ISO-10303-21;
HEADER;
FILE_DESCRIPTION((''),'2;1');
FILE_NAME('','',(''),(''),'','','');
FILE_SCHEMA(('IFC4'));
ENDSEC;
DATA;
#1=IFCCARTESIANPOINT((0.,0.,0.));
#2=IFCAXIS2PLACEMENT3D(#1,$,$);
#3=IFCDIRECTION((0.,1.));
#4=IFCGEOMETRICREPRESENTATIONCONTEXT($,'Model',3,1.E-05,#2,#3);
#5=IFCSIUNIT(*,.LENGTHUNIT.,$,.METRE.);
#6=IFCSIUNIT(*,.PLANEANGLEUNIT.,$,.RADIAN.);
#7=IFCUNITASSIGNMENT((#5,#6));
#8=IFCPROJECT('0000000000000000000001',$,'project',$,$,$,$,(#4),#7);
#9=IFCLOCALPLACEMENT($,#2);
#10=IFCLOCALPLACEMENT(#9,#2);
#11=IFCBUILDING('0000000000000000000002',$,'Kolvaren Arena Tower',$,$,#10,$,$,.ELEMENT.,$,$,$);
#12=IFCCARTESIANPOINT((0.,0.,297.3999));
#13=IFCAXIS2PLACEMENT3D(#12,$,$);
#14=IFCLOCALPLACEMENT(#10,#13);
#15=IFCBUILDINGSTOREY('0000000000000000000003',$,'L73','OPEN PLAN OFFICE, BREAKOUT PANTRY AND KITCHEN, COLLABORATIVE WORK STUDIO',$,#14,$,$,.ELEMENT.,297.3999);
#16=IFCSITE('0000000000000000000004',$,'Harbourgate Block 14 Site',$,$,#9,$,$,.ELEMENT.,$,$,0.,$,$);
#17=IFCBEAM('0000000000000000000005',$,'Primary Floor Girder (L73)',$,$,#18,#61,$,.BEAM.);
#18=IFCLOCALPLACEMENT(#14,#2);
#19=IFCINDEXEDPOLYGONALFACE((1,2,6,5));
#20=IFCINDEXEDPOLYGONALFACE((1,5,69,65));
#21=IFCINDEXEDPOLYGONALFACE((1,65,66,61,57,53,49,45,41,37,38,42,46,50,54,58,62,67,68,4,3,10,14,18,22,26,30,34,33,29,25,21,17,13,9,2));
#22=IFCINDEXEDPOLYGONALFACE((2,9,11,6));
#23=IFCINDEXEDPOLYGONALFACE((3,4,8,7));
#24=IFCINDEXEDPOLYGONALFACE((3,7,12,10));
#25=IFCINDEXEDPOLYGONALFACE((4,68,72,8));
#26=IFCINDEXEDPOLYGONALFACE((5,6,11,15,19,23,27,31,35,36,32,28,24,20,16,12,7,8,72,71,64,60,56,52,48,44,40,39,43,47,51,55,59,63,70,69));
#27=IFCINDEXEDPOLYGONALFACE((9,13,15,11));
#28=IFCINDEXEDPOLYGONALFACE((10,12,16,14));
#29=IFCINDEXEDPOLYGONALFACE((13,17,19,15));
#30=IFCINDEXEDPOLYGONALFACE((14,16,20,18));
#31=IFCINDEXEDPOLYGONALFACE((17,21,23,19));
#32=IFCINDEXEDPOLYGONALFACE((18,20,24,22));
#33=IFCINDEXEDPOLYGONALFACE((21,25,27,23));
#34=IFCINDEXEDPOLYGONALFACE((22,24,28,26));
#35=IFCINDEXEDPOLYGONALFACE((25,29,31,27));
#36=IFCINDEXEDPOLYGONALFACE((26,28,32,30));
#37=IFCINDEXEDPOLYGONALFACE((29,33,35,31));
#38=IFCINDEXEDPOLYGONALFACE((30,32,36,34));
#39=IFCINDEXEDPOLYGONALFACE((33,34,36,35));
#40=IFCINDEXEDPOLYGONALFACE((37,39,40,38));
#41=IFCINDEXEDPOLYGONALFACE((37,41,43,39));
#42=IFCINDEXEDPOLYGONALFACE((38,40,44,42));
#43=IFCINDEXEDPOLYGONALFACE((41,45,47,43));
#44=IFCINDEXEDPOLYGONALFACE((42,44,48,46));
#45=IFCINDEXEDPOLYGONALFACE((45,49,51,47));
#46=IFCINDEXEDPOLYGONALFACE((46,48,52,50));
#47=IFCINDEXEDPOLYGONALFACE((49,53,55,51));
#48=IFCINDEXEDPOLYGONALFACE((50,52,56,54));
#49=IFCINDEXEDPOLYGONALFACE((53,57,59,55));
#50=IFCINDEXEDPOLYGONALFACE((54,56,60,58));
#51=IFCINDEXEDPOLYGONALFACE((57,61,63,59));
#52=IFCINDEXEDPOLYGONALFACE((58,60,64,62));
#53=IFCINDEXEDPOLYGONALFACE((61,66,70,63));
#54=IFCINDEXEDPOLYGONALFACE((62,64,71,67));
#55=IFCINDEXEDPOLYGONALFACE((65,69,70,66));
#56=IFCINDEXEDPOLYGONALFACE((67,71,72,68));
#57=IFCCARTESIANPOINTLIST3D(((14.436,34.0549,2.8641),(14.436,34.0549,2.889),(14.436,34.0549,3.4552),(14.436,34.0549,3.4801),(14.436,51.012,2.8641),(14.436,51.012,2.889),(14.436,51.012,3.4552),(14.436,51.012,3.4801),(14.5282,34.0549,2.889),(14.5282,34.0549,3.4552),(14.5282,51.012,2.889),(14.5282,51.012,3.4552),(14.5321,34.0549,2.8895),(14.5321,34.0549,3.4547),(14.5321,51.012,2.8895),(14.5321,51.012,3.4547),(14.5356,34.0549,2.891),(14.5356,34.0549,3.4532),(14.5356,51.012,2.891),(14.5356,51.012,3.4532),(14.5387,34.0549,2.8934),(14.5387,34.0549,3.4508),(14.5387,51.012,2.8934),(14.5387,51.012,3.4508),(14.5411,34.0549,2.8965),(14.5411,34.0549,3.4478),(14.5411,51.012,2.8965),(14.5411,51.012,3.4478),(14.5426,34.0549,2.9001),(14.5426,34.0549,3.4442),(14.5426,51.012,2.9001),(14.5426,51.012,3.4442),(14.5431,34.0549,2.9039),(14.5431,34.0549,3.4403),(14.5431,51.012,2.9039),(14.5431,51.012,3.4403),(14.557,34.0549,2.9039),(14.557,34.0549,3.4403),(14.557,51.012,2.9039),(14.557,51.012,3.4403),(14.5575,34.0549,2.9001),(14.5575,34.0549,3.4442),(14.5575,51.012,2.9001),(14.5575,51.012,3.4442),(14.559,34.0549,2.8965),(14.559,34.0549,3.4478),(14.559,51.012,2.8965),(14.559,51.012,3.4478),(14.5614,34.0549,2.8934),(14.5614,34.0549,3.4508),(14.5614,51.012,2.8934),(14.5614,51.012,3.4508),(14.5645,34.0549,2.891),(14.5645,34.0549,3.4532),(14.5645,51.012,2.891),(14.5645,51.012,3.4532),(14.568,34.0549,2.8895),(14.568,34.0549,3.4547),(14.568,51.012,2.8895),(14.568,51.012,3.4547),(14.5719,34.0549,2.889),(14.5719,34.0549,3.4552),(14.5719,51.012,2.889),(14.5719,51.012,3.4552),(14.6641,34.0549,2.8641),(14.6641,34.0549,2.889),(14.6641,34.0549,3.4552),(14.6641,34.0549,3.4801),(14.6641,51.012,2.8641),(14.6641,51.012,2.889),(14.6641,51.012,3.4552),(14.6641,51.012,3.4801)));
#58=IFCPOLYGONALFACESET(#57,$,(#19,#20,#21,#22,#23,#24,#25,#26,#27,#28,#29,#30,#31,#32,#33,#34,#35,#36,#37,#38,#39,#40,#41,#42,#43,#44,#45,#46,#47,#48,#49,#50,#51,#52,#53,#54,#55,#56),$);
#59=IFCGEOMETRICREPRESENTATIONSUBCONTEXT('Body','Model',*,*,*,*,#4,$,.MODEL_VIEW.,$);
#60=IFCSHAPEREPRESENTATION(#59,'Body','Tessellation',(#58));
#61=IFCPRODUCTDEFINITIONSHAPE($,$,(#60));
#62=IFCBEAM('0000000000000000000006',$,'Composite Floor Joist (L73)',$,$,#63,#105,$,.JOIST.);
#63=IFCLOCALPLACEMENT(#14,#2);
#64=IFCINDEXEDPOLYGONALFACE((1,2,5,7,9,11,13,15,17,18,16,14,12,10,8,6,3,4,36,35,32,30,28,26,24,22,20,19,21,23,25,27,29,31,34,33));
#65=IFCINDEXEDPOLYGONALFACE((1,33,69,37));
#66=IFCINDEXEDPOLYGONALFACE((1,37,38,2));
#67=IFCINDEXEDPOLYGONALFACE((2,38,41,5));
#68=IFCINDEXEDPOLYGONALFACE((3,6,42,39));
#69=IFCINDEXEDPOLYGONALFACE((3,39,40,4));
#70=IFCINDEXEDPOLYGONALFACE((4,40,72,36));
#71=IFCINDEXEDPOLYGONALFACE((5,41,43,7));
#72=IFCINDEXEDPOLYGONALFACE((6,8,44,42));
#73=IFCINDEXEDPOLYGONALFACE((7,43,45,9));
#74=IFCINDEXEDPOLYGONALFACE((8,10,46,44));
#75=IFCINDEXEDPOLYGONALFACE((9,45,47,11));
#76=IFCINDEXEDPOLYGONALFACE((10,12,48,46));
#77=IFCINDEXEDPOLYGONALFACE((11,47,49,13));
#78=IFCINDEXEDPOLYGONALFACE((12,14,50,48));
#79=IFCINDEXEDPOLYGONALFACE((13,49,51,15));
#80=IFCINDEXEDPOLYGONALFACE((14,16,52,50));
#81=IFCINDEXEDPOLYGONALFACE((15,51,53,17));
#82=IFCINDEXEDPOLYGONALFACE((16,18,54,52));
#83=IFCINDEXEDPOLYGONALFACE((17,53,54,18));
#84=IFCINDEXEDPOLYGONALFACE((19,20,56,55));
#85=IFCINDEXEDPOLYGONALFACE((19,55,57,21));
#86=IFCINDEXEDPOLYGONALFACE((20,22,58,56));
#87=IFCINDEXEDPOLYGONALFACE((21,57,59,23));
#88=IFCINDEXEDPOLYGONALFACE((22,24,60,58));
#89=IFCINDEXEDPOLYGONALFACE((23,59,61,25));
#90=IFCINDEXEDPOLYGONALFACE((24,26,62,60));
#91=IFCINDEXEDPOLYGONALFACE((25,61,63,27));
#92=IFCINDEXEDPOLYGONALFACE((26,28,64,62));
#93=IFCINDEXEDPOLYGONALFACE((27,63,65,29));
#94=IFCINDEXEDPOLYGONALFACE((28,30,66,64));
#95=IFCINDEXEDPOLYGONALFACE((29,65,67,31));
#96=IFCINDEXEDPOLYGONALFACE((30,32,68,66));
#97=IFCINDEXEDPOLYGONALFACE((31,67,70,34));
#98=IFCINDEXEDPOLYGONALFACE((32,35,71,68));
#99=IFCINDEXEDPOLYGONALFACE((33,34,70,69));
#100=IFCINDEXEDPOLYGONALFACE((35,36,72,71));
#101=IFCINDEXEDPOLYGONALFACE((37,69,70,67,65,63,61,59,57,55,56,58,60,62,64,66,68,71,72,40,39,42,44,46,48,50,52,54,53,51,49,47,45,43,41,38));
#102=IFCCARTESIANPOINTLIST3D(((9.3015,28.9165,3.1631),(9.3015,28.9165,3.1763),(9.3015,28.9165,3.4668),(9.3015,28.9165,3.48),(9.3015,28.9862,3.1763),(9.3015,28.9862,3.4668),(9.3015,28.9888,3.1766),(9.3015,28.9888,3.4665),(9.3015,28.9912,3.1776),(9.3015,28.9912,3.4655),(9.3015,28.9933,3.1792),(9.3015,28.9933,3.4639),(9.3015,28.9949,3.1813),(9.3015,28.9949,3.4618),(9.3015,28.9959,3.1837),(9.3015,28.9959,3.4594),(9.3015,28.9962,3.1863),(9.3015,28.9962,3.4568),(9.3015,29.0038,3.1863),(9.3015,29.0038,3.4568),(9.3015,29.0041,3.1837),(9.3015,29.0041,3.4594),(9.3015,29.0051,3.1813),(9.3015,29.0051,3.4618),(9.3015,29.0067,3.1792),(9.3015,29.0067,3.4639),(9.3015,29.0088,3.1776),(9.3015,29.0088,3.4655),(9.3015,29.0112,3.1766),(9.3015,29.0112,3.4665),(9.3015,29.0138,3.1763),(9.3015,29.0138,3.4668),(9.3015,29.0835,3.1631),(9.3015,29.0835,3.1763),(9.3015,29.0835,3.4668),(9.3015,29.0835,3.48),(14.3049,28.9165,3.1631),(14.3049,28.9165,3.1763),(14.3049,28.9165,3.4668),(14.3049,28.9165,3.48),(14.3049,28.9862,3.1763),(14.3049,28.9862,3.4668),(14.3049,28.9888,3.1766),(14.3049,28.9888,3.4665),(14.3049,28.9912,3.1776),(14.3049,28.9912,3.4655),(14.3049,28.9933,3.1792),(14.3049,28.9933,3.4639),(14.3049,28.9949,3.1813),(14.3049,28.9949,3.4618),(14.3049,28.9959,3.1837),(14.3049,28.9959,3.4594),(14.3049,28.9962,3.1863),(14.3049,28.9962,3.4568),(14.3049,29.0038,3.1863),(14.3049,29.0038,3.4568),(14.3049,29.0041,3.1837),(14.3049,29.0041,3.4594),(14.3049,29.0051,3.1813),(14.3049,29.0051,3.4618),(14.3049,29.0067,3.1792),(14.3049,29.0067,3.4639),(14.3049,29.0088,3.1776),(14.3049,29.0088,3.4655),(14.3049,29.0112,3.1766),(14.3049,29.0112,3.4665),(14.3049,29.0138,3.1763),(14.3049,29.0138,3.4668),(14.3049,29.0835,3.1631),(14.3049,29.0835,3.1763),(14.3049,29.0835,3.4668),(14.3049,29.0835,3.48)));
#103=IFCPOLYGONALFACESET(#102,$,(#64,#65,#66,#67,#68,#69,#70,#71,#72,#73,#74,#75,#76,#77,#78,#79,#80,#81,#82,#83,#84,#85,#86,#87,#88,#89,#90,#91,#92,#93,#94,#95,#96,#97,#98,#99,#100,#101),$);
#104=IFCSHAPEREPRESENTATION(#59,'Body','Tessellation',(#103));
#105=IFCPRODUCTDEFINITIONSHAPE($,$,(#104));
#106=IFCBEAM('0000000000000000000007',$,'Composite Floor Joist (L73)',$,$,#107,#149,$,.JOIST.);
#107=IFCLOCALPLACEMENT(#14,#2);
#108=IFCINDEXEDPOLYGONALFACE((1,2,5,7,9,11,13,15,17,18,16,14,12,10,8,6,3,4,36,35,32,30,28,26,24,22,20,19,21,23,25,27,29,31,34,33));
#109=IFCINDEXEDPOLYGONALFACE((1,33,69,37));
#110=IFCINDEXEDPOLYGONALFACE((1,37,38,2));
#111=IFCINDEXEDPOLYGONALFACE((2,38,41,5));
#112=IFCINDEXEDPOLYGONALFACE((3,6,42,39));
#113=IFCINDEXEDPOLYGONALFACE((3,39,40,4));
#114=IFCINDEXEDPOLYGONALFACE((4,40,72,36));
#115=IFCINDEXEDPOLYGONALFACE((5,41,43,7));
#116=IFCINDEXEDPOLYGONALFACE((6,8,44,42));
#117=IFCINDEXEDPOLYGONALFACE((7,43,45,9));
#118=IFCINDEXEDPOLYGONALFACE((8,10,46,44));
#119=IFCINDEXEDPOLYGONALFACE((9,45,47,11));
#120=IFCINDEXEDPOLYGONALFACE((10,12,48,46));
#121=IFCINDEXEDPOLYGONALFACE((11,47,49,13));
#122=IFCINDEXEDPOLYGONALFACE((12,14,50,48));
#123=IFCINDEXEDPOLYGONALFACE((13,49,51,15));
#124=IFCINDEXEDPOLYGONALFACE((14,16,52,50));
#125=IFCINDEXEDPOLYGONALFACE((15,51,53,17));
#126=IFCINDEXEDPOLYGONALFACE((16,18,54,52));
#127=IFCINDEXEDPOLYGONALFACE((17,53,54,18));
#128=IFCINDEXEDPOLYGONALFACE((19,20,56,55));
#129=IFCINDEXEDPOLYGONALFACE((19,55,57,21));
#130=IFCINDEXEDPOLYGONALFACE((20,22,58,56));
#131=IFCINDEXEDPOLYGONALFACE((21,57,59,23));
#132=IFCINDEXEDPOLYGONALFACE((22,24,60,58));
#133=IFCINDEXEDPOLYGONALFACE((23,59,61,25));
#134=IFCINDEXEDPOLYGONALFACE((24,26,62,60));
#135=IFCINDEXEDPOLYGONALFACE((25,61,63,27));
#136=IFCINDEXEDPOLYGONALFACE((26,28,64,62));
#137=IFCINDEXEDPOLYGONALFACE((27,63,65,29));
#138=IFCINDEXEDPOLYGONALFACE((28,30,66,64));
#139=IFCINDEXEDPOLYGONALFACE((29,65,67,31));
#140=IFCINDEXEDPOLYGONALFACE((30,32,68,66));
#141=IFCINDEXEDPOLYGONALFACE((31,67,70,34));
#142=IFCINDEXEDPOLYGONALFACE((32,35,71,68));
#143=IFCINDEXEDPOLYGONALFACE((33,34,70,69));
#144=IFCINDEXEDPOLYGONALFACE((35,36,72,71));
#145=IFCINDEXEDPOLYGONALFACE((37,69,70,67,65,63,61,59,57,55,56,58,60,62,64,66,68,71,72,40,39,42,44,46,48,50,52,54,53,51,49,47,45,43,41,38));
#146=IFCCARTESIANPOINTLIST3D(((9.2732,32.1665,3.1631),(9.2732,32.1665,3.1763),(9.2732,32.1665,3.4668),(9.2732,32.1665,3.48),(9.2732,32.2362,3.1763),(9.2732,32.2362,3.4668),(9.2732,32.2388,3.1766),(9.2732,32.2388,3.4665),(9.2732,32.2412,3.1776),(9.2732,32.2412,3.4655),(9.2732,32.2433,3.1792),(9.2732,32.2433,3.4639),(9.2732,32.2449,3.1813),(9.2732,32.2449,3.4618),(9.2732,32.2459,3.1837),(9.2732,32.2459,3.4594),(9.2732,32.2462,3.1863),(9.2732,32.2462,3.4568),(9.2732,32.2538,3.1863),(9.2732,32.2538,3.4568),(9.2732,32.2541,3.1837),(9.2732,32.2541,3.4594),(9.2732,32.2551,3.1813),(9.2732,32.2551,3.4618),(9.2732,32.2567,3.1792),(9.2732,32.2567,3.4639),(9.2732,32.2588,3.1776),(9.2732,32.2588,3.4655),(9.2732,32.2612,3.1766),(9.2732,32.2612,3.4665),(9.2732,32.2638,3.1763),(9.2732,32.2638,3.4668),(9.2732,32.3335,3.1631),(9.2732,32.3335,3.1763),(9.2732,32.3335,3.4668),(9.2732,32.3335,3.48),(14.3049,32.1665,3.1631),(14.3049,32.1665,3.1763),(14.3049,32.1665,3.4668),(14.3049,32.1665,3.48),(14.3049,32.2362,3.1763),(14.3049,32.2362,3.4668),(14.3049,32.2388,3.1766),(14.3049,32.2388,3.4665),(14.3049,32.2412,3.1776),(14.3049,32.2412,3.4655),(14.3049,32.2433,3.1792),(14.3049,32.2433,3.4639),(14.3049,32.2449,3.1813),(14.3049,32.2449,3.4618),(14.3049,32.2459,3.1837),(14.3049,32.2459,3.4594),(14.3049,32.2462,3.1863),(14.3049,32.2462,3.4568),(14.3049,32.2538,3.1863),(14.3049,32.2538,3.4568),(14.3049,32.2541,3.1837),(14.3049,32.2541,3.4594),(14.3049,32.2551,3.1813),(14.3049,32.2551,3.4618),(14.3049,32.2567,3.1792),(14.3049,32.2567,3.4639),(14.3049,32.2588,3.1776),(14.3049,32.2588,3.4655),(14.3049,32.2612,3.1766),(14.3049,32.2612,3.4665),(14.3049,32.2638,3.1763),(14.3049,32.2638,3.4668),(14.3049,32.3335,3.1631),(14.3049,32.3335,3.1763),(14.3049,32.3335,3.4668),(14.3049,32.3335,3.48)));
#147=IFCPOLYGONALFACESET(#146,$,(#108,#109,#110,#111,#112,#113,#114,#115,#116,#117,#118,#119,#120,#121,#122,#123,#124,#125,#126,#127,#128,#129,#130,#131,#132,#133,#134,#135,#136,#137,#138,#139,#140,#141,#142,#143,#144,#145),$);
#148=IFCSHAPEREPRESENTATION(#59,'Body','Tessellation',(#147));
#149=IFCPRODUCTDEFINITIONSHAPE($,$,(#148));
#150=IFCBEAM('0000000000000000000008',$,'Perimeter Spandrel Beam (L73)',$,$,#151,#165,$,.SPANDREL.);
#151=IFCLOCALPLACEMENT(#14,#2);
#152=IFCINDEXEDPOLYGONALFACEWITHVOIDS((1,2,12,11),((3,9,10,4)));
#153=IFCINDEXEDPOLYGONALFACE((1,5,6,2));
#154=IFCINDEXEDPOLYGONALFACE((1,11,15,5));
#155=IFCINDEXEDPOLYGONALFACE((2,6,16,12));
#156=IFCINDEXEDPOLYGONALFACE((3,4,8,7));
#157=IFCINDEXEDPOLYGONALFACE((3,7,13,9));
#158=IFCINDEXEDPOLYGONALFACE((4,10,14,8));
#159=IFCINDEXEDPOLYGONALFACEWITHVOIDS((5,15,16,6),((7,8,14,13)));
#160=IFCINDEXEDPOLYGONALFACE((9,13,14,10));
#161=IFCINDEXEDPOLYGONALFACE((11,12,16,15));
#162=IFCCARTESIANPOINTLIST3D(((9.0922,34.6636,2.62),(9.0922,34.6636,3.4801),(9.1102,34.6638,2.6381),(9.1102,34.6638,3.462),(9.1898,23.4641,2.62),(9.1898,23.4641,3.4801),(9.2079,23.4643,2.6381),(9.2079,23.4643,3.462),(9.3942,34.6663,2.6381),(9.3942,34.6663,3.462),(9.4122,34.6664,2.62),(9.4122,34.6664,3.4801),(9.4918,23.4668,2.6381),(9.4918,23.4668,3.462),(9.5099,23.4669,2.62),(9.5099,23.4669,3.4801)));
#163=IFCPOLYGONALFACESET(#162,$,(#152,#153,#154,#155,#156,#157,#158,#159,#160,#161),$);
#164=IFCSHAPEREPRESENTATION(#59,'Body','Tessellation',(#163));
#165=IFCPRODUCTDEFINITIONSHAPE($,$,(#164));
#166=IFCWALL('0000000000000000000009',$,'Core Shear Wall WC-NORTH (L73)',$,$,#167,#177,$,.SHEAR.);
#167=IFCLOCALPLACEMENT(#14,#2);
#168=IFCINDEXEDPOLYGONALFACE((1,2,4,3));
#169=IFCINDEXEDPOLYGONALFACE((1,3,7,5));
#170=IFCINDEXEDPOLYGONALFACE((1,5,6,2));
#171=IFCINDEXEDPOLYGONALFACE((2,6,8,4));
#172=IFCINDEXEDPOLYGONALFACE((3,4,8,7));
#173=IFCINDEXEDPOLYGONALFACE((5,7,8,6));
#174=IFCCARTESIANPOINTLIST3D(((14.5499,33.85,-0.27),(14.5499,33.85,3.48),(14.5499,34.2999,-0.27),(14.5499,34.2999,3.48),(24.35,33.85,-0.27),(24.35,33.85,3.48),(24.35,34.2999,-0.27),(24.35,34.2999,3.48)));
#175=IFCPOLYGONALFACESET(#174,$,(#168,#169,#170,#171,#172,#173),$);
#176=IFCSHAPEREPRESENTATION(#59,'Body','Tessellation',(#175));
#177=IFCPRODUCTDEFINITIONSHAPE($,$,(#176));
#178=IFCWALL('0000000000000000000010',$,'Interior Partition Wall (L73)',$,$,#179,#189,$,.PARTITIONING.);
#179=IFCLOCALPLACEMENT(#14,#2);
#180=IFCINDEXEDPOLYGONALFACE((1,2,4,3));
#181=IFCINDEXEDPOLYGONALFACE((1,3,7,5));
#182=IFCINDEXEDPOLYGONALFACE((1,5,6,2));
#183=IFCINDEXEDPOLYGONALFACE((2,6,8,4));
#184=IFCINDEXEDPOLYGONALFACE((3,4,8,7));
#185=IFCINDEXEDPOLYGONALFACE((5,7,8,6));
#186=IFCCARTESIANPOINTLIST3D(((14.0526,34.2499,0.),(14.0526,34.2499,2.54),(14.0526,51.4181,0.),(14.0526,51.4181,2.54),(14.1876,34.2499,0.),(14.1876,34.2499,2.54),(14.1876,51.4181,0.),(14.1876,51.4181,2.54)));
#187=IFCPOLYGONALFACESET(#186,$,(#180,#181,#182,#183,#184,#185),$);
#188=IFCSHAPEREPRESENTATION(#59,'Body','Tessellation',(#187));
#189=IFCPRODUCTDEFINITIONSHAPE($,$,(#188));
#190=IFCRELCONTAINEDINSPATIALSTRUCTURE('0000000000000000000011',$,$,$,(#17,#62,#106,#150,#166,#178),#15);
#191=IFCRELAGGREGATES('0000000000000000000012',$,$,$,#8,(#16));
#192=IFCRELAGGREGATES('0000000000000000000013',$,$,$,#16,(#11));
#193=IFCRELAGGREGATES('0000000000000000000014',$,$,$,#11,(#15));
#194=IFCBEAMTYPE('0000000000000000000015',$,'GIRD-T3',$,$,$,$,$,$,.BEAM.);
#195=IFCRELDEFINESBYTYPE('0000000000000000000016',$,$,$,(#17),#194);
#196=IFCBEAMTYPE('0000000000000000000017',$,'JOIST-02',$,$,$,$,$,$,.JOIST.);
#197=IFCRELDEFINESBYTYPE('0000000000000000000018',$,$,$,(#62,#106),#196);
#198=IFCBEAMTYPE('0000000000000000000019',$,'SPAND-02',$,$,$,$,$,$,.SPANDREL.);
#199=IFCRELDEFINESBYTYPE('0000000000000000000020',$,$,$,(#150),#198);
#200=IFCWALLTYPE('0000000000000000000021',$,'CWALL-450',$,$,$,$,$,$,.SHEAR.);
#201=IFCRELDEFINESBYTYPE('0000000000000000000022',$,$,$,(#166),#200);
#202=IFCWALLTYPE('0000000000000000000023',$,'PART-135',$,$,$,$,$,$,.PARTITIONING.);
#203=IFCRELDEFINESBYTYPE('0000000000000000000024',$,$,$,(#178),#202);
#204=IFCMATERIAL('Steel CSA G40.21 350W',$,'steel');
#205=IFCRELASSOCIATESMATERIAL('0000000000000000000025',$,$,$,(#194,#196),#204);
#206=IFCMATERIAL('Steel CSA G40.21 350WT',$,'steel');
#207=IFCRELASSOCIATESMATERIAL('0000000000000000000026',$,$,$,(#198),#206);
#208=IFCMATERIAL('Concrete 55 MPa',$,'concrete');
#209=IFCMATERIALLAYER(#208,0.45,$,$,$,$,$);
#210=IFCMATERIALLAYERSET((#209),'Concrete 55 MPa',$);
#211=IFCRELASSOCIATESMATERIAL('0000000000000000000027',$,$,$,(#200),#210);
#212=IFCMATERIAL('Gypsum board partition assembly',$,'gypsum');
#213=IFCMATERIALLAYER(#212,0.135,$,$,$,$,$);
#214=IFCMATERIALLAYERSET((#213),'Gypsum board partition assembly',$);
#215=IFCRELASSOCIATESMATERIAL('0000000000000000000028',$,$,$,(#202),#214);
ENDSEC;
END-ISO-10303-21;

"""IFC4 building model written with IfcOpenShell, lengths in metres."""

from ifc_helpers import new_model, si_unit, direction, frame, frame_2d, origin, origin_2d, place, context, subcontext, project, spatial, rectangle, hollow_rectangle, i_section, extrude, material, layer, layer_set, material_profile, profile_set, type_object, element, save


model = new_model("IFC4")

# Units and contexts
model_context = context("Model", 3, precision=1e-05, world=origin(), true_north=direction((0.0, 1.0)))
body_context = subcontext(model_context, "Body", "Model", "MODEL_VIEW")
ifc_project = project(units=[si_unit("LENGTHUNIT", "METRE"), si_unit("PLANEANGLEUNIT", "RADIAN")], contexts=[model_context])

# Site, building, storey
site_placement = place(None, origin())
site = spatial("IfcSite", under=ifc_project, at=site_placement, Name="Harbourgate Block 14 Site", CompositionType="ELEMENT", RefElevation=0.0)
building_placement = place(site_placement, origin())
building = spatial("IfcBuilding", under=site, at=building_placement, Name="Kolvaren Arena Tower", CompositionType="ELEMENT")
storey_placement = place(building_placement, frame((0.0, 0.0, 297.3999)))
storey = spatial("IfcBuildingStorey", under=building, at=storey_placement, Name="L73", Description="OPEN PLAN OFFICE, BREAKOUT PANTRY AND KITCHEN, COLLABORATIVE WORK STUDIO", CompositionType="ELEMENT", Elevation=297.3999)

# Beams
ifc_material_1 = material(Name="Steel CSA G40.21 350W", Category="steel")
ifc_material_profile_1 = material_profile(ifc_material_1, i_section(OverallWidth=0.228, OverallDepth=0.616, WebThickness=0.0139, FlangeThickness=0.0249, FilletRadius=0.0149, at=origin_2d()), Name="W610x174")
ifc_profile_set_1 = profile_set([ifc_material_profile_1], Name="Steel CSA G40.21 350W")
beam_type_1 = type_object("IfcBeamType", Name="GIRD-T3", PredefinedType="BEAM", material=ifc_profile_set_1)
beam_1_placement = place(storey_placement, frame((14.55, 34.0549, 3.1721), z_axis=(0.0, 1.0, 0.0), x_axis=(-1.0, 0.0, 0.0)))
element("IfcBeam", 1, at=beam_1_placement, inside=storey, type_object=beam_type_1, Name="Primary Floor Girder (L73)", PredefinedType="BEAM", context=body_context, shape_type="SweptSolid", body=[
    extrude(i_section(OverallWidth=0.228, OverallDepth=0.616, WebThickness=0.0139, FlangeThickness=0.0249, FilletRadius=0.0149, at=origin_2d()), origin(), (0.0, 0.0, 1.0), 16.957),
])
ifc_material_profile_2 = material_profile(ifc_material_1, i_section(OverallWidth=0.167, OverallDepth=0.3169, WebThickness=0.0076, FlangeThickness=0.0132, FilletRadius=0.01, at=origin_2d()), Name="W310x52")
ifc_profile_set_2 = profile_set([ifc_material_profile_2], Name="Steel CSA G40.21 350W")
beam_type_2 = type_object("IfcBeamType", Name="JOIST-02", PredefinedType="JOIST", material=ifc_profile_set_2)
beam_2_placement = place(storey_placement, frame((9.3015, 29.0, 3.3215), z_axis=(1.0, 0.0, 0.0), x_axis=(0.0, 1.0, 0.0)))
element("IfcBeam", 2, at=beam_2_placement, inside=storey, type_object=beam_type_2, Name="Composite Floor Joist (L73)", PredefinedType="JOIST", context=body_context, shape_type="SweptSolid", body=[
    extrude(i_section(OverallWidth=0.167, OverallDepth=0.3169, WebThickness=0.0076, FlangeThickness=0.0132, FilletRadius=0.01, at=origin_2d()), origin(), (0.0, 0.0, 1.0), 5.0034),
])
beam_3_placement = place(storey_placement, frame((9.2732, 32.25, 3.3215), z_axis=(1.0, 0.0, 0.0), x_axis=(0.0, 1.0, 0.0)))
element("IfcBeam", 3, at=beam_3_placement, inside=storey, type_object=beam_type_2, Name="Composite Floor Joist (L73)", PredefinedType="JOIST", context=body_context, shape_type="SweptSolid", body=[
    extrude(i_section(OverallWidth=0.167, OverallDepth=0.3169, WebThickness=0.0076, FlangeThickness=0.0132, FilletRadius=0.01, at=origin_2d()), origin(), (0.0, 0.0, 1.0), 5.0317),
])
ifc_material_2 = material(Name="Steel CSA G40.21 350WT", Category="steel")
ifc_material_profile_3 = material_profile(ifc_material_2, hollow_rectangle(XDim=0.3201, YDim=0.8601, WallThickness=0.0181, at=origin_2d()), Name="HSS 860x320x18")
ifc_profile_set_3 = profile_set([ifc_material_profile_3], Name="Steel CSA G40.21 350WT")
beam_type_3 = type_object("IfcBeamType", Name="SPAND-02", PredefinedType="SPANDREL", material=ifc_profile_set_3)
beam_4_placement = place(storey_placement, frame((9.2522, 34.665, 3.05), z_axis=(0.008719, -0.999962, 0.0), x_axis=(0.999962, 0.008719, 0.0)))
element("IfcBeam", 4, at=beam_4_placement, inside=storey, type_object=beam_type_3, Name="Perimeter Spandrel Beam (L73)", PredefinedType="SPANDREL", context=body_context, shape_type="SweptSolid", body=[
    extrude(hollow_rectangle(XDim=0.3201, YDim=0.8601, WallThickness=0.0181, at=origin_2d()), origin(), (0.0, 0.0, 1.0), 11.2),
])

# Walls
ifc_material_3 = material(Name="Concrete 55 MPa", Category="concrete")
ifc_layer_1 = layer(ifc_material_3, 0.45)
ifc_layer_set_1 = layer_set([ifc_layer_1], Name="Concrete 55 MPa")
wall_type_1 = type_object("IfcWallType", Name="CWALL-450", PredefinedType="SHEAR", material=ifc_layer_set_1)
wall_1_placement = place(storey_placement, frame((14.55, 34.075, -0.27), z_axis=(0.0, 0.0, 1.0), x_axis=(1.0, 0.0, 0.0)))
element("IfcWall", 5, at=wall_1_placement, inside=storey, type_object=wall_type_1, Name="Core Shear Wall WC-NORTH (L73)", PredefinedType="SHEAR", context=body_context, shape_type="SweptSolid", body=[
    extrude(rectangle(XDim=9.8, YDim=0.45, at=frame_2d((4.8999, 0.0))), origin(), (0.0, 0.0, 1.0), 3.75),
])
ifc_material_4 = material(Name="Gypsum board partition assembly", Category="gypsum")
ifc_layer_2 = layer(ifc_material_4, 0.135)
ifc_layer_set_2 = layer_set([ifc_layer_2], Name="Gypsum board partition assembly")
wall_type_2 = type_object("IfcWallType", Name="PART-135", PredefinedType="PARTITIONING", material=ifc_layer_set_2)
wall_2_placement = place(storey_placement, frame((14.1201, 34.25, 0.0), z_axis=(0.0, 0.0, 1.0), x_axis=(0.0, 1.0, 0.0)))
element("IfcWall", 6, at=wall_2_placement, inside=storey, type_object=wall_type_2, Name="Interior Partition Wall (L73)", PredefinedType="PARTITIONING", context=body_context, shape_type="SweptSolid", body=[
    extrude(rectangle(XDim=17.1682, YDim=0.135, at=frame_2d((8.584, 0.0))), origin(), (0.0, 0.0, 1.0), 2.54),
])

save(model, "model.ifc")
